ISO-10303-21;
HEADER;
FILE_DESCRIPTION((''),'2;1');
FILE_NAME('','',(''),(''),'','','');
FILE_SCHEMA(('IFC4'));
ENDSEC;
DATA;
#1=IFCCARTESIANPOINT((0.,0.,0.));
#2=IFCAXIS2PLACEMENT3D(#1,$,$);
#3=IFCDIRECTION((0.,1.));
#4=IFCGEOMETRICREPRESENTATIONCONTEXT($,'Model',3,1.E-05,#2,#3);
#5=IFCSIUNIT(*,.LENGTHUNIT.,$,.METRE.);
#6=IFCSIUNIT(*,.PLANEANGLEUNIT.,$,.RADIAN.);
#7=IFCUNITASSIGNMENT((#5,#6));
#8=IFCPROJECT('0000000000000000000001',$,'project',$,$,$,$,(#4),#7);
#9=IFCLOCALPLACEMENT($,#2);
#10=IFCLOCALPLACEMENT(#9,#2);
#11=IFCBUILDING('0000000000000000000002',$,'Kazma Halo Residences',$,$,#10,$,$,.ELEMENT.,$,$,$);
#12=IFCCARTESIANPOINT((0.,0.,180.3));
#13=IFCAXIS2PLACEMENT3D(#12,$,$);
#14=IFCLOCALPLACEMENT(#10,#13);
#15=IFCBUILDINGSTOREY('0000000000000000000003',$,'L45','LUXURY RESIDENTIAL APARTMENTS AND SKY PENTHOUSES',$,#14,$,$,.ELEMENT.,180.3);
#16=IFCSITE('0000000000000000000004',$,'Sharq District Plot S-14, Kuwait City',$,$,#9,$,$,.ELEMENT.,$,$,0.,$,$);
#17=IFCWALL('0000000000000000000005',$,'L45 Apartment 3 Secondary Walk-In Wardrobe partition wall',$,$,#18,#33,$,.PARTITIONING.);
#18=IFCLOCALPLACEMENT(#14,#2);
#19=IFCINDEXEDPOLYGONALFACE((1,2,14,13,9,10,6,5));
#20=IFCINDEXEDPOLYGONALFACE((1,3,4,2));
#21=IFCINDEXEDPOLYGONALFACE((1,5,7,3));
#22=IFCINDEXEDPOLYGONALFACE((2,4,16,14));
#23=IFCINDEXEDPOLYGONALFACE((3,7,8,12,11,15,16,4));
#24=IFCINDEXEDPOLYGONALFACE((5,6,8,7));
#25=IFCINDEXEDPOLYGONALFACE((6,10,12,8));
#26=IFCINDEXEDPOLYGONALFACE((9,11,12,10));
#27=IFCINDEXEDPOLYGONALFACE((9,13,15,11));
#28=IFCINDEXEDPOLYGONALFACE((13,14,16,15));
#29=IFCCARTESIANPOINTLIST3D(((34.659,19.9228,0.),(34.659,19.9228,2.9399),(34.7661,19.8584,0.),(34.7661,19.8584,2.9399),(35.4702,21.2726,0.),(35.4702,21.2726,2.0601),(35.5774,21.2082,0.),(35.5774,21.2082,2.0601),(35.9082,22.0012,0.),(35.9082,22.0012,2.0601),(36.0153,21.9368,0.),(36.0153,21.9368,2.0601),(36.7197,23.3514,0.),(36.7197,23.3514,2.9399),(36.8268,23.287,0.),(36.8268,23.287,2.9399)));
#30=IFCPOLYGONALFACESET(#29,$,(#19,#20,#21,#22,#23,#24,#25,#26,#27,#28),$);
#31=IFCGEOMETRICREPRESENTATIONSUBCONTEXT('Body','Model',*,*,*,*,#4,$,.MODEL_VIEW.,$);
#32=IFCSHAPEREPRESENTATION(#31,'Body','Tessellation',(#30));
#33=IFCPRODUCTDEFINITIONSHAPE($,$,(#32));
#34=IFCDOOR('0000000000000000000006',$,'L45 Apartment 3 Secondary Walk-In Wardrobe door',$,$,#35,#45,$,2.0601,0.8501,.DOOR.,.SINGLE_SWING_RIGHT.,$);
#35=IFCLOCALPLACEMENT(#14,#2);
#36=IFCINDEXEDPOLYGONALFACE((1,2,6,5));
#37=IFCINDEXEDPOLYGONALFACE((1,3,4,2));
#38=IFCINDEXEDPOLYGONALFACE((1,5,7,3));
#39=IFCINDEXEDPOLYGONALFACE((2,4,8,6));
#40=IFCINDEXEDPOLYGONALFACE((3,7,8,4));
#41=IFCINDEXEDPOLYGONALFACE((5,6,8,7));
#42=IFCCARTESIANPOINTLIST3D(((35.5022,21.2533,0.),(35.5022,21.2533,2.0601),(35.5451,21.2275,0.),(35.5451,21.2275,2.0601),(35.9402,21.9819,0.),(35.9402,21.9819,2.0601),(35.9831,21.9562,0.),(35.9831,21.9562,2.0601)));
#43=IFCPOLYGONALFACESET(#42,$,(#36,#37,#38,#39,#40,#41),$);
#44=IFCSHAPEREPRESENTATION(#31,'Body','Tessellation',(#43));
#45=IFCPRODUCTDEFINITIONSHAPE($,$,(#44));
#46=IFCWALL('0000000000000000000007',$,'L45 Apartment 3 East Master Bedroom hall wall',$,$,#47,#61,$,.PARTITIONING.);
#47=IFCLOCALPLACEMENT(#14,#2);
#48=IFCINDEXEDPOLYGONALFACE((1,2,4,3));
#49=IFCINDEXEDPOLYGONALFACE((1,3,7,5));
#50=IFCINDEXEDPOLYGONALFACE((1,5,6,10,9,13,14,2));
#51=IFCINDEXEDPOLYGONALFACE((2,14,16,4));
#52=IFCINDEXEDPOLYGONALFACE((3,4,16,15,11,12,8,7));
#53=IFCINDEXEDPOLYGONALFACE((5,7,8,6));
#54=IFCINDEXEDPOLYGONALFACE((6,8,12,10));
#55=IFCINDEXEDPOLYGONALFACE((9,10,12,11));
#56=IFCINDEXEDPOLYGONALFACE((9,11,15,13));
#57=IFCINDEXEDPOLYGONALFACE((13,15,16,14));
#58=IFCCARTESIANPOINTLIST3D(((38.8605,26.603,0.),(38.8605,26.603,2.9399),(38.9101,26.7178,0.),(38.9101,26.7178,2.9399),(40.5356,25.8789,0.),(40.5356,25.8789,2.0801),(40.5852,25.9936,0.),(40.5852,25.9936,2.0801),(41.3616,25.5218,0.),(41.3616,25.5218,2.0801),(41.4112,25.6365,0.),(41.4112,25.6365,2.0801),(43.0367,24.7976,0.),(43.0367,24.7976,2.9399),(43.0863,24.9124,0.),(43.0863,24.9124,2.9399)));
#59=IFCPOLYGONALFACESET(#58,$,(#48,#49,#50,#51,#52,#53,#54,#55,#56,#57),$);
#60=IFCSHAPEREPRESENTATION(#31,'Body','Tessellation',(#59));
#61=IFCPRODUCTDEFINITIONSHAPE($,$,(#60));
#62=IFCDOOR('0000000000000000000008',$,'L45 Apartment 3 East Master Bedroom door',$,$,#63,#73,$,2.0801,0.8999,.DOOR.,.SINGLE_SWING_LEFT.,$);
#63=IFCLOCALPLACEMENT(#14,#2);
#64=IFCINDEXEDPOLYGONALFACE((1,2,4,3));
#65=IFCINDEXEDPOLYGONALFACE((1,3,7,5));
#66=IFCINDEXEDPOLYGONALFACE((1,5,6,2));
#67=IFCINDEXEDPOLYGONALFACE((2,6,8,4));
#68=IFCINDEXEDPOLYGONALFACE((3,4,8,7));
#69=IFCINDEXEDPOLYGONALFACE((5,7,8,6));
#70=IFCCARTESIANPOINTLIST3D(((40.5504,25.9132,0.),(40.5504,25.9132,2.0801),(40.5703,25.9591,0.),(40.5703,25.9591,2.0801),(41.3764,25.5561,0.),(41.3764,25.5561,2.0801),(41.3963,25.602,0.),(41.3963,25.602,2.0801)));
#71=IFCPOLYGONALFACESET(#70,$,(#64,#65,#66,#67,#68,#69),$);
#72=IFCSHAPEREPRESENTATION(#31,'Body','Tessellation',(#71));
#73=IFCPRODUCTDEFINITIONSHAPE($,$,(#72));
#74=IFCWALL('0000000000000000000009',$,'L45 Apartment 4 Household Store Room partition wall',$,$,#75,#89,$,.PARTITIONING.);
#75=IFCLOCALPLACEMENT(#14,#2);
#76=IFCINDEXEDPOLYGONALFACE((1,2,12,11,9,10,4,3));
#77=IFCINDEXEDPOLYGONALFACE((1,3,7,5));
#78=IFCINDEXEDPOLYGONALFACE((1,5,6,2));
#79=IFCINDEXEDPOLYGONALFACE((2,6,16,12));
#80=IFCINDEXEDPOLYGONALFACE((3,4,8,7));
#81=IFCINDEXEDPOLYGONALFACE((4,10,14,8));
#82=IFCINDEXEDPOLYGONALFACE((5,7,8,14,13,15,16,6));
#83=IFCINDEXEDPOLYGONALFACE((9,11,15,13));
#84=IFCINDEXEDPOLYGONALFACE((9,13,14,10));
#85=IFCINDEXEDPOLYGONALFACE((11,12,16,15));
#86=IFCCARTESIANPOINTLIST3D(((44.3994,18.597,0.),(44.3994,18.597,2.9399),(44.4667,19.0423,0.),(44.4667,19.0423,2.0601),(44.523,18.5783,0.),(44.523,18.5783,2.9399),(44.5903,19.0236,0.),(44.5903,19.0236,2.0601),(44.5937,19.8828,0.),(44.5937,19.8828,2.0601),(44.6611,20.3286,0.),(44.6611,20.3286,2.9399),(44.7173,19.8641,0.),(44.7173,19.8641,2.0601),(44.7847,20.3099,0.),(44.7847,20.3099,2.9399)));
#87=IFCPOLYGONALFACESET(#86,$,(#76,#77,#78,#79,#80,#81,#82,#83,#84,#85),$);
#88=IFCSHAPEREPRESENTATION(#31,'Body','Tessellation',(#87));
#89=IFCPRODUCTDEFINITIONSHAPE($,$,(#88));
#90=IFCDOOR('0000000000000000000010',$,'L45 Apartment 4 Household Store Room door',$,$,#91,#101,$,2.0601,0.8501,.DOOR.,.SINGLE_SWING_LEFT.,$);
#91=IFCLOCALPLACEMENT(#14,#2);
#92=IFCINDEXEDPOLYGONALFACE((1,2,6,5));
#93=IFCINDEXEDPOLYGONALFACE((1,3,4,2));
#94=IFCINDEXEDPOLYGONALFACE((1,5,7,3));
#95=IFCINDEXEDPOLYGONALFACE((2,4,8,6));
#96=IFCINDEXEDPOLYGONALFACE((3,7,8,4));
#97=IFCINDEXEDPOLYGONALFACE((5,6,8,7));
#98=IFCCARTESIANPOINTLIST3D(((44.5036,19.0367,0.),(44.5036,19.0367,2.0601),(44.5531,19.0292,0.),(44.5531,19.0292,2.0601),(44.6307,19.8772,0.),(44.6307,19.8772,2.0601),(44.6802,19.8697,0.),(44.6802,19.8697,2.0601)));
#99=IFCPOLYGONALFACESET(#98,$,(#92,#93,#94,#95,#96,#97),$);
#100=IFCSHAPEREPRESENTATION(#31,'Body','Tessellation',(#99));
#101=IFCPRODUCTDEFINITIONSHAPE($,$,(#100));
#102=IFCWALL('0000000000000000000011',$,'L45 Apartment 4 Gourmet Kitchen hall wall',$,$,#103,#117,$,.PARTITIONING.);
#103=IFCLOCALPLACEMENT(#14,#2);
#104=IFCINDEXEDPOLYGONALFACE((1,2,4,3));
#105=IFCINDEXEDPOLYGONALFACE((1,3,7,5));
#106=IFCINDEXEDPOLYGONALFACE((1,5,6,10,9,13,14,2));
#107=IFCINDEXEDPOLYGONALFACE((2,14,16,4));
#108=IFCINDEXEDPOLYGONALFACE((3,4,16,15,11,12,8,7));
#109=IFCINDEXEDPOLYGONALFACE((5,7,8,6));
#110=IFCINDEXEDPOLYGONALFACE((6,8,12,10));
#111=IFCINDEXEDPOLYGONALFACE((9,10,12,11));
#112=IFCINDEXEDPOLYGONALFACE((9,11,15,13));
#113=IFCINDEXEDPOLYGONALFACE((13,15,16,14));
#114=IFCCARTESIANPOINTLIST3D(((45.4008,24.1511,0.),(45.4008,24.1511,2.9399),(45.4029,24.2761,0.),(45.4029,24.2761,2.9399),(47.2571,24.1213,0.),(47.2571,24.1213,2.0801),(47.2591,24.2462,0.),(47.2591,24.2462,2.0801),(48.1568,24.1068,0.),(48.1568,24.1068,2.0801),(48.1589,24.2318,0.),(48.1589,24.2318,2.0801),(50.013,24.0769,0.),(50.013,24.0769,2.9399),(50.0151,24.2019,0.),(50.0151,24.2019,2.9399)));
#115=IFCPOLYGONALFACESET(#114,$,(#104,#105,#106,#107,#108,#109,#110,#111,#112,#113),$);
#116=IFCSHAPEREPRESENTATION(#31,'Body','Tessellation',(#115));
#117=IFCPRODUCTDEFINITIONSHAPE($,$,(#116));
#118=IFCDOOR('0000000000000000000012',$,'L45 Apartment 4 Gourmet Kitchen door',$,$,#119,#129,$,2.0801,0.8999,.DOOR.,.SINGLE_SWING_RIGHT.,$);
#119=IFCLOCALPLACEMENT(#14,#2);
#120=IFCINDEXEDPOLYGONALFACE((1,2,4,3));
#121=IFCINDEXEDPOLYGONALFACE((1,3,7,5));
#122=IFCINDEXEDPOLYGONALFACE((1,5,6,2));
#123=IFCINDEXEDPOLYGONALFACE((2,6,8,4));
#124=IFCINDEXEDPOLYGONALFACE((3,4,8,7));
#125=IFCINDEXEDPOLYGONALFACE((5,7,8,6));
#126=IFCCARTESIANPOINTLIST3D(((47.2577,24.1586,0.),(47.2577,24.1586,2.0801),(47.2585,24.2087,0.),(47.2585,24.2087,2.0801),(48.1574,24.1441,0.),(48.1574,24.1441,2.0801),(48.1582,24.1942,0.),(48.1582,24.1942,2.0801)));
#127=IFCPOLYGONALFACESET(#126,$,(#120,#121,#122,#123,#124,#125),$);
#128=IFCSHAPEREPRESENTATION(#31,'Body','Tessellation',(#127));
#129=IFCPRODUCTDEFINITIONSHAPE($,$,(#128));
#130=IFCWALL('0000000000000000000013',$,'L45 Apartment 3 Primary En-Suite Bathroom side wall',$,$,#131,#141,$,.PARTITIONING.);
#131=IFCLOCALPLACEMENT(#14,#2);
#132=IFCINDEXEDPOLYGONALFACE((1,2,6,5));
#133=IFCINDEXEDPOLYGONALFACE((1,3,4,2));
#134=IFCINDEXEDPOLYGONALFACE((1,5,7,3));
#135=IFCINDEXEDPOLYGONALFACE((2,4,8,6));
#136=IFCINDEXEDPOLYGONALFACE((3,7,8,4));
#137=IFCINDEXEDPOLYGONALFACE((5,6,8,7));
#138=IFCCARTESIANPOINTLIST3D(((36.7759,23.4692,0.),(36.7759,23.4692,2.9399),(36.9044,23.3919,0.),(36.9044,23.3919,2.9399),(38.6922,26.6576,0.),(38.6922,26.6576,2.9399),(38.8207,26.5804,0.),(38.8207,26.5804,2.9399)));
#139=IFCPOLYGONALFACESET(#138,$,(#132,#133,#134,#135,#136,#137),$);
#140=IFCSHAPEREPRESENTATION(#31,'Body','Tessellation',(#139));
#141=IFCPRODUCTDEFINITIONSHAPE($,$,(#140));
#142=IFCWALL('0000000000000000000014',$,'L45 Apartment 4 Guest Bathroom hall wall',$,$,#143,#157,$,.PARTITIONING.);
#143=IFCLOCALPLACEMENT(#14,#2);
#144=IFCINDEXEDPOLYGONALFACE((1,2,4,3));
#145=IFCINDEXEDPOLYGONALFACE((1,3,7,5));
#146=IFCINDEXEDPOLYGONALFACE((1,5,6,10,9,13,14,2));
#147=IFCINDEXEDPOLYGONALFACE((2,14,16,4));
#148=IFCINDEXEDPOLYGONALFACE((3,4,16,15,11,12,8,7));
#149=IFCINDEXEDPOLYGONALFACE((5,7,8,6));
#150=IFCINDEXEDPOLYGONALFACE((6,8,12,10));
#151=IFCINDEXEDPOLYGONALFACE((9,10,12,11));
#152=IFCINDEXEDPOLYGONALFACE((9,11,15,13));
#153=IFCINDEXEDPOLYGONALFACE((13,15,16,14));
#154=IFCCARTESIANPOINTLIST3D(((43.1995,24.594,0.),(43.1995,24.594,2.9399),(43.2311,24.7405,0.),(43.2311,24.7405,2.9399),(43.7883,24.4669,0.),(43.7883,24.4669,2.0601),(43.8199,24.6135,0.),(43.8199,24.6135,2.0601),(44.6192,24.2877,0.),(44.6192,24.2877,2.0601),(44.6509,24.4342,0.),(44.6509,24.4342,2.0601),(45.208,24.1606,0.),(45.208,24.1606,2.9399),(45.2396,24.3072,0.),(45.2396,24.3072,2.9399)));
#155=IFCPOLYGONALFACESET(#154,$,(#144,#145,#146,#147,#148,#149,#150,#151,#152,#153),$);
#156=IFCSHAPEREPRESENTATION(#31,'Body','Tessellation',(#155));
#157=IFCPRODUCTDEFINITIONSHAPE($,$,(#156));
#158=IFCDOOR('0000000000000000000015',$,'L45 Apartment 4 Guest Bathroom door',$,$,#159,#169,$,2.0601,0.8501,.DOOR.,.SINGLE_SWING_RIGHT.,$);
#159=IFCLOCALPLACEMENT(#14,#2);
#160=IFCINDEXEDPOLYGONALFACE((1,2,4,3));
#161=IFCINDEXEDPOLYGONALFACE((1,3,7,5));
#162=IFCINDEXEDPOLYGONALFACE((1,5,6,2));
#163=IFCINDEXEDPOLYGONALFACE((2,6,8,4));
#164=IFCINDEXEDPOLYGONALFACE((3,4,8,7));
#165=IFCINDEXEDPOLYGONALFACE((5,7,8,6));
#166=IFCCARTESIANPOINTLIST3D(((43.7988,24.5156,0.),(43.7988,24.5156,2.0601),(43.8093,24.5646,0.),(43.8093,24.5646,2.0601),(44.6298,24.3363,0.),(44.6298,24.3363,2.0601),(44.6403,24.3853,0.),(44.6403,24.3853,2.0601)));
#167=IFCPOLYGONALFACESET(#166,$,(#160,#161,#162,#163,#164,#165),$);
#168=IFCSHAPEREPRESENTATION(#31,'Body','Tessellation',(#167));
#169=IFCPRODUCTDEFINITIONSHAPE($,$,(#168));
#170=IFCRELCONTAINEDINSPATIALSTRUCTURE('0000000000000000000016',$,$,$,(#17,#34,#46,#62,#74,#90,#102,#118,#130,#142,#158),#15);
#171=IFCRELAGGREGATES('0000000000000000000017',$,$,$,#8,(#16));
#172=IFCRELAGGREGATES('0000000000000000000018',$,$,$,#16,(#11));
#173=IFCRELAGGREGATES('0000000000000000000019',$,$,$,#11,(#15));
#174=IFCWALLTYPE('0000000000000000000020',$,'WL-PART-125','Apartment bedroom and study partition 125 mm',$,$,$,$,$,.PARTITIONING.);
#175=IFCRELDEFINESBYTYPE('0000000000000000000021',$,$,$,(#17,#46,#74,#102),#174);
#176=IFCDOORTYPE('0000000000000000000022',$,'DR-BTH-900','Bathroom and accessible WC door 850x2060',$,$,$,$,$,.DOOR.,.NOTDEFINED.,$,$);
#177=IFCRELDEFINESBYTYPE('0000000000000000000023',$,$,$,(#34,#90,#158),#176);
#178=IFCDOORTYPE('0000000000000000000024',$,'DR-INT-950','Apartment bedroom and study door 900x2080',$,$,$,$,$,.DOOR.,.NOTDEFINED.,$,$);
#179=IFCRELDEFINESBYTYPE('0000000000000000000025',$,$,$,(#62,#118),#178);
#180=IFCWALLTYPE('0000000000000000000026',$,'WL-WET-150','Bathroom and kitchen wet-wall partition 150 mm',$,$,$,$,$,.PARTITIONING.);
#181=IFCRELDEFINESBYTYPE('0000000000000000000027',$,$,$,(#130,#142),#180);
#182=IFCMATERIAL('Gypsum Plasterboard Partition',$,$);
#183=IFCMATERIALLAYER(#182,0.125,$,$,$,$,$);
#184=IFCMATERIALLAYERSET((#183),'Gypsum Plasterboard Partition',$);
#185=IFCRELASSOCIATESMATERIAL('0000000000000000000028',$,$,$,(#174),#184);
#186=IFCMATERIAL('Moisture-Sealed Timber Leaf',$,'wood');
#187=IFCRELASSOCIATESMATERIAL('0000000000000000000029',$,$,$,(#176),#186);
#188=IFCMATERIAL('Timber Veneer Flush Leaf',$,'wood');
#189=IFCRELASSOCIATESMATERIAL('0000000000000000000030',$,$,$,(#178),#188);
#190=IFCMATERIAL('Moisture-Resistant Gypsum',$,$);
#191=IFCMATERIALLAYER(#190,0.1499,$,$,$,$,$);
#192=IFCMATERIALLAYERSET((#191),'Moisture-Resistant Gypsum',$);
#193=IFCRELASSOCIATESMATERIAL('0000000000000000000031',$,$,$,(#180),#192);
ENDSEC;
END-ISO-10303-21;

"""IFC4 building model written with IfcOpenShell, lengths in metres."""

from ifc_helpers import new_model, si_unit, direction, frame, frame_2d, origin, place, context, subcontext, project, spatial, rectangle, extrude, material, layer, layer_set, type_object, element, fill, save


model = new_model("IFC4")

# Units and contexts
model_context = context("Model", 3, precision=1e-05, world=origin(), true_north=direction((0.0, 1.0)))
body_context = subcontext(model_context, "Body", "Model", "MODEL_VIEW")
ifc_project = project(units=[si_unit("LENGTHUNIT", "METRE"), si_unit("PLANEANGLEUNIT", "RADIAN")], contexts=[model_context])

# Site, building, storey
site_placement = place(None, origin())
site = spatial("IfcSite", under=ifc_project, at=site_placement, Name="Sharq District Plot S-14, Kuwait City", CompositionType="ELEMENT", RefElevation=0.0)
building_placement = place(site_placement, origin())
building = spatial("IfcBuilding", under=site, at=building_placement, Name="Kazma Halo Residences", CompositionType="ELEMENT")
storey_placement = place(building_placement, frame((0.0, 0.0, 180.3)))
storey = spatial("IfcBuildingStorey", under=building, at=storey_placement, Name="L45", Description="LUXURY RESIDENTIAL APARTMENTS AND SKY PENTHOUSES", CompositionType="ELEMENT", Elevation=180.3)

# Walls, openings, doors
ifc_material_1 = material(Name="Gypsum Plasterboard Partition")
ifc_layer_1 = layer(ifc_material_1, 0.125)
ifc_layer_set_1 = layer_set([ifc_layer_1], Name="Gypsum Plasterboard Partition")
wall_type_1 = type_object("IfcWallType", Name="WL-PART-125", Description="Apartment bedroom and study partition 125 mm", PredefinedType="PARTITIONING", material=ifc_layer_set_1)
wall_1_placement = place(storey_placement, frame((36.7732, 23.3191, 0.0), z_axis=(0.0, 0.0, 1.0), x_axis=(-0.515151, -0.8571, 0.0)))
wall_1 = element("IfcWall", 1, at=wall_1_placement, inside=storey, type_object=wall_type_1, Name="L45 Apartment 3 Secondary Walk-In Wardrobe partition wall", PredefinedType="PARTITIONING", context=body_context, shape_type="SweptSolid", body=[
    extrude(rectangle(XDim=4.0002, YDim=0.125, at=frame_2d((2.0, 0.0))), origin(), (0.0, 0.0, 1.0), 2.9399),
])
opening_1_placement = place(wall_1_placement, frame((1.5752, 0.0, 0.0)))
opening_1 = element("IfcOpeningElement", 2, at=opening_1_placement, cuts=wall_1, PredefinedType="OPENING", context=body_context, shape_type="SweptSolid", body=[
    extrude(rectangle(XDim=0.8501, YDim=2.0601, at=frame_2d((0.425, 1.03))), frame((0.0, 0.0725, 0.0), z_axis=(0.0, -1.0, 0.0), x_axis=(1.0, 0.0, 0.0)), (0.0, 0.0, 1.0), 0.145),
])
ifc_material_2 = material(Name="Moisture-Sealed Timber Leaf", Category="wood")
door_type_1 = type_object("IfcDoorType", Name="DR-BTH-900", Description="Bathroom and accessible WC door 850x2060", OperationType="NOTDEFINED", PredefinedType="DOOR", material=ifc_material_2)
door_1_placement = place(opening_1_placement, origin())
door_1 = element("IfcDoor", 3, at=door_1_placement, inside=storey, type_object=door_type_1, Name="L45 Apartment 3 Secondary Walk-In Wardrobe door", OperationType="SINGLE_SWING_RIGHT", OverallHeight=2.0601, OverallWidth=0.8501, PredefinedType="DOOR", context=body_context, shape_type="SweptSolid", body=[
    extrude(rectangle(XDim=0.8501, YDim=2.0601, at=frame_2d((0.425, 1.03))), frame((0.0, 0.0249, 0.0), z_axis=(0.0, -1.0, 0.0), x_axis=(1.0, 0.0, 0.0)), (0.0, 0.0, 1.0), 0.05),
])
fill(opening_1, door_1)
wall_2_placement = place(storey_placement, frame((38.8853, 26.6604, 0.0), z_axis=(0.0, 0.0, 1.0), x_axis=(0.9179, -0.396812, 0.0)))
wall_2 = element("IfcWall", 4, at=wall_2_placement, inside=storey, type_object=wall_type_1, Name="L45 Apartment 3 East Master Bedroom hall wall", PredefinedType="PARTITIONING", context=body_context, shape_type="SweptSolid", body=[
    extrude(rectangle(XDim=4.5498, YDim=0.125, at=frame_2d((2.2749, 0.0))), origin(), (0.0, 0.0, 1.0), 2.9399),
])
opening_2_placement = place(wall_2_placement, frame((1.825, 0.0, 0.0)))
opening_2 = element("IfcOpeningElement", 5, at=opening_2_placement, cuts=wall_2, PredefinedType="OPENING", context=body_context, shape_type="SweptSolid", body=[
    extrude(rectangle(XDim=0.8999, YDim=2.0801, at=frame_2d((0.45, 1.04))), frame((0.0, 0.0725, 0.0), z_axis=(0.0, -1.0, 0.0), x_axis=(1.0, 0.0, 0.0)), (0.0, 0.0, 1.0), 0.145),
])
ifc_material_3 = material(Name="Timber Veneer Flush Leaf", Category="wood")
door_type_2 = type_object("IfcDoorType", Name="DR-INT-950", Description="Apartment bedroom and study door 900x2080", OperationType="NOTDEFINED", PredefinedType="DOOR", material=ifc_material_3)
door_2_placement = place(opening_2_placement, origin())
door_2 = element("IfcDoor", 6, at=door_2_placement, inside=storey, type_object=door_type_2, Name="L45 Apartment 3 East Master Bedroom door", OperationType="SINGLE_SWING_LEFT", OverallHeight=2.0801, OverallWidth=0.8999, PredefinedType="DOOR", context=body_context, shape_type="SweptSolid", body=[
    extrude(rectangle(XDim=0.8999, YDim=2.0801, at=frame_2d((0.45, 1.04))), frame((0.0, 0.0249, 0.0), z_axis=(0.0, -1.0, 0.0), x_axis=(1.0, 0.0, 0.0)), (0.0, 0.0, 1.0), 0.05),
])
fill(opening_2, door_2)
wall_3_placement = place(storey_placement, frame((44.7229, 20.3191, 0.0), z_axis=(0.0, 0.0, 1.0), x_axis=(-0.149458, -0.988768, 0.0)))
wall_3 = element("IfcWall", 7, at=wall_3_placement, inside=storey, type_object=wall_type_1, Name="L45 Apartment 4 Household Store Room partition wall", PredefinedType="PARTITIONING", context=body_context, shape_type="SweptSolid", body=[
    extrude(rectangle(XDim=1.7512, YDim=0.125, at=frame_2d((0.8755, 0.0))), origin(), (0.0, 0.0, 1.0), 2.9399),
])
opening_3_placement = place(wall_3_placement, frame((0.4507, 0.0, 0.0)))
opening_3 = element("IfcOpeningElement", 8, at=opening_3_placement, cuts=wall_3, PredefinedType="OPENING", context=body_context, shape_type="SweptSolid", body=[
    extrude(rectangle(XDim=0.8501, YDim=2.0601, at=frame_2d((0.425, 1.03))), frame((0.0, 0.0725, 0.0), z_axis=(0.0, -1.0, 0.0), x_axis=(1.0, 0.0, 0.0)), (0.0, 0.0, 1.0), 0.145),
])
door_3_placement = place(opening_3_placement, origin())
door_3 = element("IfcDoor", 9, at=door_3_placement, inside=storey, type_object=door_type_1, Name="L45 Apartment 4 Household Store Room door", OperationType="SINGLE_SWING_LEFT", OverallHeight=2.0601, OverallWidth=0.8501, PredefinedType="DOOR", context=body_context, shape_type="SweptSolid", body=[
    extrude(rectangle(XDim=0.8501, YDim=2.0601, at=frame_2d((0.425, 1.03))), frame((0.0, 0.0249, 0.0), z_axis=(0.0, -1.0, 0.0), x_axis=(1.0, 0.0, 0.0)), (0.0, 0.0, 1.0), 0.05),
])
fill(opening_3, door_3)
wall_4_placement = place(storey_placement, frame((45.4019, 24.2136, 0.0), z_axis=(0.0, 0.0, 1.0), x_axis=(0.999871, -0.016089, 0.0)))
wall_4 = element("IfcWall", 10, at=wall_4_placement, inside=storey, type_object=wall_type_1, Name="L45 Apartment 4 Gourmet Kitchen hall wall", PredefinedType="PARTITIONING", context=body_context, shape_type="SweptSolid", body=[
    extrude(rectangle(XDim=4.6128, YDim=0.125, at=frame_2d((2.3064, 0.0))), origin(), (0.0, 0.0, 1.0), 2.9399),
])
opening_4_placement = place(wall_4_placement, frame((1.8564, 0.0, 0.0)))
opening_4 = element("IfcOpeningElement", 11, at=opening_4_placement, cuts=wall_4, PredefinedType="OPENING", context=body_context, shape_type="SweptSolid", body=[
    extrude(rectangle(XDim=0.8999, YDim=2.0801, at=frame_2d((0.45, 1.04))), frame((0.0, 0.0725, 0.0), z_axis=(0.0, -1.0, 0.0), x_axis=(1.0, 0.0, 0.0)), (0.0, 0.0, 1.0), 0.145),
])
door_4_placement = place(opening_4_placement, origin())
door_4 = element("IfcDoor", 12, at=door_4_placement, inside=storey, type_object=door_type_2, Name="L45 Apartment 4 Gourmet Kitchen door", OperationType="SINGLE_SWING_RIGHT", OverallHeight=2.0801, OverallWidth=0.8999, PredefinedType="DOOR", context=body_context, shape_type="SweptSolid", body=[
    extrude(rectangle(XDim=0.8999, YDim=2.0801, at=frame_2d((0.45, 1.04))), frame((0.0, 0.0249, 0.0), z_axis=(0.0, -1.0, 0.0), x_axis=(1.0, 0.0, 0.0)), (0.0, 0.0, 1.0), 0.05),
])
fill(opening_4, door_4)

# Wall
ifc_material_4 = material(Name="Moisture-Resistant Gypsum")
ifc_layer_2 = layer(ifc_material_4, 0.1499)
ifc_layer_set_2 = layer_set([ifc_layer_2], Name="Moisture-Resistant Gypsum")
wall_type_2 = type_object("IfcWallType", Name="WL-WET-150", Description="Bathroom and kitchen wet-wall partition 150 mm", PredefinedType="PARTITIONING", material=ifc_layer_set_2)
wall_5_placement = place(storey_placement, frame((38.7563, 26.6189, 0.0), z_axis=(0.0, 0.0, 1.0), x_axis=(-0.515123, -0.857116, 0.0)))
element("IfcWall", 13, at=wall_5_placement, inside=storey, type_object=wall_type_2, Name="L45 Apartment 3 Primary En-Suite Bathroom side wall", PredefinedType="PARTITIONING", context=body_context, shape_type="SweptSolid", body=[
    extrude(rectangle(XDim=3.72, YDim=0.1499, at=frame_2d((1.8599, 0.0))), origin(), (0.0, 0.0, 1.0), 2.9399),
])

# Wall, opening, door
wall_6_placement = place(storey_placement, frame((43.2153, 24.6672, 0.0), z_axis=(0.0, 0.0, 1.0), x_axis=(0.977508, -0.2109, 0.0)))
wall_6 = element("IfcWall", 14, at=wall_6_placement, inside=storey, type_object=wall_type_2, Name="L45 Apartment 4 Guest Bathroom hall wall", PredefinedType="PARTITIONING", context=body_context, shape_type="SweptSolid", body=[
    extrude(rectangle(XDim=2.0547, YDim=0.1499, at=frame_2d((1.0273, 0.0))), origin(), (0.0, 0.0, 1.0), 2.9399),
])
opening_5_placement = place(wall_6_placement, frame((0.6023, 0.0, 0.0)))
opening_5 = element("IfcOpeningElement", 15, at=opening_5_placement, cuts=wall_6, PredefinedType="OPENING", context=body_context, shape_type="SweptSolid", body=[
    extrude(rectangle(XDim=0.8501, YDim=2.0601, at=frame_2d((0.425, 1.03))), frame((0.0, 0.085, 0.0), z_axis=(0.0, -1.0, 0.0), x_axis=(1.0, 0.0, 0.0)), (0.0, 0.0, 1.0), 0.1699),
])
door_5_placement = place(opening_5_placement, origin())
door_5 = element("IfcDoor", 16, at=door_5_placement, inside=storey, type_object=door_type_1, Name="L45 Apartment 4 Guest Bathroom door", OperationType="SINGLE_SWING_RIGHT", OverallHeight=2.0601, OverallWidth=0.8501, PredefinedType="DOOR", context=body_context, shape_type="SweptSolid", body=[
    extrude(rectangle(XDim=0.8501, YDim=2.0601, at=frame_2d((0.425, 1.03))), frame((0.0, 0.0249, 0.0), z_axis=(0.0, -1.0, 0.0), x_axis=(1.0, 0.0, 0.0)), (0.0, 0.0, 1.0), 0.05),
])
fill(opening_5, door_5)

save(model, "model.ifc")
